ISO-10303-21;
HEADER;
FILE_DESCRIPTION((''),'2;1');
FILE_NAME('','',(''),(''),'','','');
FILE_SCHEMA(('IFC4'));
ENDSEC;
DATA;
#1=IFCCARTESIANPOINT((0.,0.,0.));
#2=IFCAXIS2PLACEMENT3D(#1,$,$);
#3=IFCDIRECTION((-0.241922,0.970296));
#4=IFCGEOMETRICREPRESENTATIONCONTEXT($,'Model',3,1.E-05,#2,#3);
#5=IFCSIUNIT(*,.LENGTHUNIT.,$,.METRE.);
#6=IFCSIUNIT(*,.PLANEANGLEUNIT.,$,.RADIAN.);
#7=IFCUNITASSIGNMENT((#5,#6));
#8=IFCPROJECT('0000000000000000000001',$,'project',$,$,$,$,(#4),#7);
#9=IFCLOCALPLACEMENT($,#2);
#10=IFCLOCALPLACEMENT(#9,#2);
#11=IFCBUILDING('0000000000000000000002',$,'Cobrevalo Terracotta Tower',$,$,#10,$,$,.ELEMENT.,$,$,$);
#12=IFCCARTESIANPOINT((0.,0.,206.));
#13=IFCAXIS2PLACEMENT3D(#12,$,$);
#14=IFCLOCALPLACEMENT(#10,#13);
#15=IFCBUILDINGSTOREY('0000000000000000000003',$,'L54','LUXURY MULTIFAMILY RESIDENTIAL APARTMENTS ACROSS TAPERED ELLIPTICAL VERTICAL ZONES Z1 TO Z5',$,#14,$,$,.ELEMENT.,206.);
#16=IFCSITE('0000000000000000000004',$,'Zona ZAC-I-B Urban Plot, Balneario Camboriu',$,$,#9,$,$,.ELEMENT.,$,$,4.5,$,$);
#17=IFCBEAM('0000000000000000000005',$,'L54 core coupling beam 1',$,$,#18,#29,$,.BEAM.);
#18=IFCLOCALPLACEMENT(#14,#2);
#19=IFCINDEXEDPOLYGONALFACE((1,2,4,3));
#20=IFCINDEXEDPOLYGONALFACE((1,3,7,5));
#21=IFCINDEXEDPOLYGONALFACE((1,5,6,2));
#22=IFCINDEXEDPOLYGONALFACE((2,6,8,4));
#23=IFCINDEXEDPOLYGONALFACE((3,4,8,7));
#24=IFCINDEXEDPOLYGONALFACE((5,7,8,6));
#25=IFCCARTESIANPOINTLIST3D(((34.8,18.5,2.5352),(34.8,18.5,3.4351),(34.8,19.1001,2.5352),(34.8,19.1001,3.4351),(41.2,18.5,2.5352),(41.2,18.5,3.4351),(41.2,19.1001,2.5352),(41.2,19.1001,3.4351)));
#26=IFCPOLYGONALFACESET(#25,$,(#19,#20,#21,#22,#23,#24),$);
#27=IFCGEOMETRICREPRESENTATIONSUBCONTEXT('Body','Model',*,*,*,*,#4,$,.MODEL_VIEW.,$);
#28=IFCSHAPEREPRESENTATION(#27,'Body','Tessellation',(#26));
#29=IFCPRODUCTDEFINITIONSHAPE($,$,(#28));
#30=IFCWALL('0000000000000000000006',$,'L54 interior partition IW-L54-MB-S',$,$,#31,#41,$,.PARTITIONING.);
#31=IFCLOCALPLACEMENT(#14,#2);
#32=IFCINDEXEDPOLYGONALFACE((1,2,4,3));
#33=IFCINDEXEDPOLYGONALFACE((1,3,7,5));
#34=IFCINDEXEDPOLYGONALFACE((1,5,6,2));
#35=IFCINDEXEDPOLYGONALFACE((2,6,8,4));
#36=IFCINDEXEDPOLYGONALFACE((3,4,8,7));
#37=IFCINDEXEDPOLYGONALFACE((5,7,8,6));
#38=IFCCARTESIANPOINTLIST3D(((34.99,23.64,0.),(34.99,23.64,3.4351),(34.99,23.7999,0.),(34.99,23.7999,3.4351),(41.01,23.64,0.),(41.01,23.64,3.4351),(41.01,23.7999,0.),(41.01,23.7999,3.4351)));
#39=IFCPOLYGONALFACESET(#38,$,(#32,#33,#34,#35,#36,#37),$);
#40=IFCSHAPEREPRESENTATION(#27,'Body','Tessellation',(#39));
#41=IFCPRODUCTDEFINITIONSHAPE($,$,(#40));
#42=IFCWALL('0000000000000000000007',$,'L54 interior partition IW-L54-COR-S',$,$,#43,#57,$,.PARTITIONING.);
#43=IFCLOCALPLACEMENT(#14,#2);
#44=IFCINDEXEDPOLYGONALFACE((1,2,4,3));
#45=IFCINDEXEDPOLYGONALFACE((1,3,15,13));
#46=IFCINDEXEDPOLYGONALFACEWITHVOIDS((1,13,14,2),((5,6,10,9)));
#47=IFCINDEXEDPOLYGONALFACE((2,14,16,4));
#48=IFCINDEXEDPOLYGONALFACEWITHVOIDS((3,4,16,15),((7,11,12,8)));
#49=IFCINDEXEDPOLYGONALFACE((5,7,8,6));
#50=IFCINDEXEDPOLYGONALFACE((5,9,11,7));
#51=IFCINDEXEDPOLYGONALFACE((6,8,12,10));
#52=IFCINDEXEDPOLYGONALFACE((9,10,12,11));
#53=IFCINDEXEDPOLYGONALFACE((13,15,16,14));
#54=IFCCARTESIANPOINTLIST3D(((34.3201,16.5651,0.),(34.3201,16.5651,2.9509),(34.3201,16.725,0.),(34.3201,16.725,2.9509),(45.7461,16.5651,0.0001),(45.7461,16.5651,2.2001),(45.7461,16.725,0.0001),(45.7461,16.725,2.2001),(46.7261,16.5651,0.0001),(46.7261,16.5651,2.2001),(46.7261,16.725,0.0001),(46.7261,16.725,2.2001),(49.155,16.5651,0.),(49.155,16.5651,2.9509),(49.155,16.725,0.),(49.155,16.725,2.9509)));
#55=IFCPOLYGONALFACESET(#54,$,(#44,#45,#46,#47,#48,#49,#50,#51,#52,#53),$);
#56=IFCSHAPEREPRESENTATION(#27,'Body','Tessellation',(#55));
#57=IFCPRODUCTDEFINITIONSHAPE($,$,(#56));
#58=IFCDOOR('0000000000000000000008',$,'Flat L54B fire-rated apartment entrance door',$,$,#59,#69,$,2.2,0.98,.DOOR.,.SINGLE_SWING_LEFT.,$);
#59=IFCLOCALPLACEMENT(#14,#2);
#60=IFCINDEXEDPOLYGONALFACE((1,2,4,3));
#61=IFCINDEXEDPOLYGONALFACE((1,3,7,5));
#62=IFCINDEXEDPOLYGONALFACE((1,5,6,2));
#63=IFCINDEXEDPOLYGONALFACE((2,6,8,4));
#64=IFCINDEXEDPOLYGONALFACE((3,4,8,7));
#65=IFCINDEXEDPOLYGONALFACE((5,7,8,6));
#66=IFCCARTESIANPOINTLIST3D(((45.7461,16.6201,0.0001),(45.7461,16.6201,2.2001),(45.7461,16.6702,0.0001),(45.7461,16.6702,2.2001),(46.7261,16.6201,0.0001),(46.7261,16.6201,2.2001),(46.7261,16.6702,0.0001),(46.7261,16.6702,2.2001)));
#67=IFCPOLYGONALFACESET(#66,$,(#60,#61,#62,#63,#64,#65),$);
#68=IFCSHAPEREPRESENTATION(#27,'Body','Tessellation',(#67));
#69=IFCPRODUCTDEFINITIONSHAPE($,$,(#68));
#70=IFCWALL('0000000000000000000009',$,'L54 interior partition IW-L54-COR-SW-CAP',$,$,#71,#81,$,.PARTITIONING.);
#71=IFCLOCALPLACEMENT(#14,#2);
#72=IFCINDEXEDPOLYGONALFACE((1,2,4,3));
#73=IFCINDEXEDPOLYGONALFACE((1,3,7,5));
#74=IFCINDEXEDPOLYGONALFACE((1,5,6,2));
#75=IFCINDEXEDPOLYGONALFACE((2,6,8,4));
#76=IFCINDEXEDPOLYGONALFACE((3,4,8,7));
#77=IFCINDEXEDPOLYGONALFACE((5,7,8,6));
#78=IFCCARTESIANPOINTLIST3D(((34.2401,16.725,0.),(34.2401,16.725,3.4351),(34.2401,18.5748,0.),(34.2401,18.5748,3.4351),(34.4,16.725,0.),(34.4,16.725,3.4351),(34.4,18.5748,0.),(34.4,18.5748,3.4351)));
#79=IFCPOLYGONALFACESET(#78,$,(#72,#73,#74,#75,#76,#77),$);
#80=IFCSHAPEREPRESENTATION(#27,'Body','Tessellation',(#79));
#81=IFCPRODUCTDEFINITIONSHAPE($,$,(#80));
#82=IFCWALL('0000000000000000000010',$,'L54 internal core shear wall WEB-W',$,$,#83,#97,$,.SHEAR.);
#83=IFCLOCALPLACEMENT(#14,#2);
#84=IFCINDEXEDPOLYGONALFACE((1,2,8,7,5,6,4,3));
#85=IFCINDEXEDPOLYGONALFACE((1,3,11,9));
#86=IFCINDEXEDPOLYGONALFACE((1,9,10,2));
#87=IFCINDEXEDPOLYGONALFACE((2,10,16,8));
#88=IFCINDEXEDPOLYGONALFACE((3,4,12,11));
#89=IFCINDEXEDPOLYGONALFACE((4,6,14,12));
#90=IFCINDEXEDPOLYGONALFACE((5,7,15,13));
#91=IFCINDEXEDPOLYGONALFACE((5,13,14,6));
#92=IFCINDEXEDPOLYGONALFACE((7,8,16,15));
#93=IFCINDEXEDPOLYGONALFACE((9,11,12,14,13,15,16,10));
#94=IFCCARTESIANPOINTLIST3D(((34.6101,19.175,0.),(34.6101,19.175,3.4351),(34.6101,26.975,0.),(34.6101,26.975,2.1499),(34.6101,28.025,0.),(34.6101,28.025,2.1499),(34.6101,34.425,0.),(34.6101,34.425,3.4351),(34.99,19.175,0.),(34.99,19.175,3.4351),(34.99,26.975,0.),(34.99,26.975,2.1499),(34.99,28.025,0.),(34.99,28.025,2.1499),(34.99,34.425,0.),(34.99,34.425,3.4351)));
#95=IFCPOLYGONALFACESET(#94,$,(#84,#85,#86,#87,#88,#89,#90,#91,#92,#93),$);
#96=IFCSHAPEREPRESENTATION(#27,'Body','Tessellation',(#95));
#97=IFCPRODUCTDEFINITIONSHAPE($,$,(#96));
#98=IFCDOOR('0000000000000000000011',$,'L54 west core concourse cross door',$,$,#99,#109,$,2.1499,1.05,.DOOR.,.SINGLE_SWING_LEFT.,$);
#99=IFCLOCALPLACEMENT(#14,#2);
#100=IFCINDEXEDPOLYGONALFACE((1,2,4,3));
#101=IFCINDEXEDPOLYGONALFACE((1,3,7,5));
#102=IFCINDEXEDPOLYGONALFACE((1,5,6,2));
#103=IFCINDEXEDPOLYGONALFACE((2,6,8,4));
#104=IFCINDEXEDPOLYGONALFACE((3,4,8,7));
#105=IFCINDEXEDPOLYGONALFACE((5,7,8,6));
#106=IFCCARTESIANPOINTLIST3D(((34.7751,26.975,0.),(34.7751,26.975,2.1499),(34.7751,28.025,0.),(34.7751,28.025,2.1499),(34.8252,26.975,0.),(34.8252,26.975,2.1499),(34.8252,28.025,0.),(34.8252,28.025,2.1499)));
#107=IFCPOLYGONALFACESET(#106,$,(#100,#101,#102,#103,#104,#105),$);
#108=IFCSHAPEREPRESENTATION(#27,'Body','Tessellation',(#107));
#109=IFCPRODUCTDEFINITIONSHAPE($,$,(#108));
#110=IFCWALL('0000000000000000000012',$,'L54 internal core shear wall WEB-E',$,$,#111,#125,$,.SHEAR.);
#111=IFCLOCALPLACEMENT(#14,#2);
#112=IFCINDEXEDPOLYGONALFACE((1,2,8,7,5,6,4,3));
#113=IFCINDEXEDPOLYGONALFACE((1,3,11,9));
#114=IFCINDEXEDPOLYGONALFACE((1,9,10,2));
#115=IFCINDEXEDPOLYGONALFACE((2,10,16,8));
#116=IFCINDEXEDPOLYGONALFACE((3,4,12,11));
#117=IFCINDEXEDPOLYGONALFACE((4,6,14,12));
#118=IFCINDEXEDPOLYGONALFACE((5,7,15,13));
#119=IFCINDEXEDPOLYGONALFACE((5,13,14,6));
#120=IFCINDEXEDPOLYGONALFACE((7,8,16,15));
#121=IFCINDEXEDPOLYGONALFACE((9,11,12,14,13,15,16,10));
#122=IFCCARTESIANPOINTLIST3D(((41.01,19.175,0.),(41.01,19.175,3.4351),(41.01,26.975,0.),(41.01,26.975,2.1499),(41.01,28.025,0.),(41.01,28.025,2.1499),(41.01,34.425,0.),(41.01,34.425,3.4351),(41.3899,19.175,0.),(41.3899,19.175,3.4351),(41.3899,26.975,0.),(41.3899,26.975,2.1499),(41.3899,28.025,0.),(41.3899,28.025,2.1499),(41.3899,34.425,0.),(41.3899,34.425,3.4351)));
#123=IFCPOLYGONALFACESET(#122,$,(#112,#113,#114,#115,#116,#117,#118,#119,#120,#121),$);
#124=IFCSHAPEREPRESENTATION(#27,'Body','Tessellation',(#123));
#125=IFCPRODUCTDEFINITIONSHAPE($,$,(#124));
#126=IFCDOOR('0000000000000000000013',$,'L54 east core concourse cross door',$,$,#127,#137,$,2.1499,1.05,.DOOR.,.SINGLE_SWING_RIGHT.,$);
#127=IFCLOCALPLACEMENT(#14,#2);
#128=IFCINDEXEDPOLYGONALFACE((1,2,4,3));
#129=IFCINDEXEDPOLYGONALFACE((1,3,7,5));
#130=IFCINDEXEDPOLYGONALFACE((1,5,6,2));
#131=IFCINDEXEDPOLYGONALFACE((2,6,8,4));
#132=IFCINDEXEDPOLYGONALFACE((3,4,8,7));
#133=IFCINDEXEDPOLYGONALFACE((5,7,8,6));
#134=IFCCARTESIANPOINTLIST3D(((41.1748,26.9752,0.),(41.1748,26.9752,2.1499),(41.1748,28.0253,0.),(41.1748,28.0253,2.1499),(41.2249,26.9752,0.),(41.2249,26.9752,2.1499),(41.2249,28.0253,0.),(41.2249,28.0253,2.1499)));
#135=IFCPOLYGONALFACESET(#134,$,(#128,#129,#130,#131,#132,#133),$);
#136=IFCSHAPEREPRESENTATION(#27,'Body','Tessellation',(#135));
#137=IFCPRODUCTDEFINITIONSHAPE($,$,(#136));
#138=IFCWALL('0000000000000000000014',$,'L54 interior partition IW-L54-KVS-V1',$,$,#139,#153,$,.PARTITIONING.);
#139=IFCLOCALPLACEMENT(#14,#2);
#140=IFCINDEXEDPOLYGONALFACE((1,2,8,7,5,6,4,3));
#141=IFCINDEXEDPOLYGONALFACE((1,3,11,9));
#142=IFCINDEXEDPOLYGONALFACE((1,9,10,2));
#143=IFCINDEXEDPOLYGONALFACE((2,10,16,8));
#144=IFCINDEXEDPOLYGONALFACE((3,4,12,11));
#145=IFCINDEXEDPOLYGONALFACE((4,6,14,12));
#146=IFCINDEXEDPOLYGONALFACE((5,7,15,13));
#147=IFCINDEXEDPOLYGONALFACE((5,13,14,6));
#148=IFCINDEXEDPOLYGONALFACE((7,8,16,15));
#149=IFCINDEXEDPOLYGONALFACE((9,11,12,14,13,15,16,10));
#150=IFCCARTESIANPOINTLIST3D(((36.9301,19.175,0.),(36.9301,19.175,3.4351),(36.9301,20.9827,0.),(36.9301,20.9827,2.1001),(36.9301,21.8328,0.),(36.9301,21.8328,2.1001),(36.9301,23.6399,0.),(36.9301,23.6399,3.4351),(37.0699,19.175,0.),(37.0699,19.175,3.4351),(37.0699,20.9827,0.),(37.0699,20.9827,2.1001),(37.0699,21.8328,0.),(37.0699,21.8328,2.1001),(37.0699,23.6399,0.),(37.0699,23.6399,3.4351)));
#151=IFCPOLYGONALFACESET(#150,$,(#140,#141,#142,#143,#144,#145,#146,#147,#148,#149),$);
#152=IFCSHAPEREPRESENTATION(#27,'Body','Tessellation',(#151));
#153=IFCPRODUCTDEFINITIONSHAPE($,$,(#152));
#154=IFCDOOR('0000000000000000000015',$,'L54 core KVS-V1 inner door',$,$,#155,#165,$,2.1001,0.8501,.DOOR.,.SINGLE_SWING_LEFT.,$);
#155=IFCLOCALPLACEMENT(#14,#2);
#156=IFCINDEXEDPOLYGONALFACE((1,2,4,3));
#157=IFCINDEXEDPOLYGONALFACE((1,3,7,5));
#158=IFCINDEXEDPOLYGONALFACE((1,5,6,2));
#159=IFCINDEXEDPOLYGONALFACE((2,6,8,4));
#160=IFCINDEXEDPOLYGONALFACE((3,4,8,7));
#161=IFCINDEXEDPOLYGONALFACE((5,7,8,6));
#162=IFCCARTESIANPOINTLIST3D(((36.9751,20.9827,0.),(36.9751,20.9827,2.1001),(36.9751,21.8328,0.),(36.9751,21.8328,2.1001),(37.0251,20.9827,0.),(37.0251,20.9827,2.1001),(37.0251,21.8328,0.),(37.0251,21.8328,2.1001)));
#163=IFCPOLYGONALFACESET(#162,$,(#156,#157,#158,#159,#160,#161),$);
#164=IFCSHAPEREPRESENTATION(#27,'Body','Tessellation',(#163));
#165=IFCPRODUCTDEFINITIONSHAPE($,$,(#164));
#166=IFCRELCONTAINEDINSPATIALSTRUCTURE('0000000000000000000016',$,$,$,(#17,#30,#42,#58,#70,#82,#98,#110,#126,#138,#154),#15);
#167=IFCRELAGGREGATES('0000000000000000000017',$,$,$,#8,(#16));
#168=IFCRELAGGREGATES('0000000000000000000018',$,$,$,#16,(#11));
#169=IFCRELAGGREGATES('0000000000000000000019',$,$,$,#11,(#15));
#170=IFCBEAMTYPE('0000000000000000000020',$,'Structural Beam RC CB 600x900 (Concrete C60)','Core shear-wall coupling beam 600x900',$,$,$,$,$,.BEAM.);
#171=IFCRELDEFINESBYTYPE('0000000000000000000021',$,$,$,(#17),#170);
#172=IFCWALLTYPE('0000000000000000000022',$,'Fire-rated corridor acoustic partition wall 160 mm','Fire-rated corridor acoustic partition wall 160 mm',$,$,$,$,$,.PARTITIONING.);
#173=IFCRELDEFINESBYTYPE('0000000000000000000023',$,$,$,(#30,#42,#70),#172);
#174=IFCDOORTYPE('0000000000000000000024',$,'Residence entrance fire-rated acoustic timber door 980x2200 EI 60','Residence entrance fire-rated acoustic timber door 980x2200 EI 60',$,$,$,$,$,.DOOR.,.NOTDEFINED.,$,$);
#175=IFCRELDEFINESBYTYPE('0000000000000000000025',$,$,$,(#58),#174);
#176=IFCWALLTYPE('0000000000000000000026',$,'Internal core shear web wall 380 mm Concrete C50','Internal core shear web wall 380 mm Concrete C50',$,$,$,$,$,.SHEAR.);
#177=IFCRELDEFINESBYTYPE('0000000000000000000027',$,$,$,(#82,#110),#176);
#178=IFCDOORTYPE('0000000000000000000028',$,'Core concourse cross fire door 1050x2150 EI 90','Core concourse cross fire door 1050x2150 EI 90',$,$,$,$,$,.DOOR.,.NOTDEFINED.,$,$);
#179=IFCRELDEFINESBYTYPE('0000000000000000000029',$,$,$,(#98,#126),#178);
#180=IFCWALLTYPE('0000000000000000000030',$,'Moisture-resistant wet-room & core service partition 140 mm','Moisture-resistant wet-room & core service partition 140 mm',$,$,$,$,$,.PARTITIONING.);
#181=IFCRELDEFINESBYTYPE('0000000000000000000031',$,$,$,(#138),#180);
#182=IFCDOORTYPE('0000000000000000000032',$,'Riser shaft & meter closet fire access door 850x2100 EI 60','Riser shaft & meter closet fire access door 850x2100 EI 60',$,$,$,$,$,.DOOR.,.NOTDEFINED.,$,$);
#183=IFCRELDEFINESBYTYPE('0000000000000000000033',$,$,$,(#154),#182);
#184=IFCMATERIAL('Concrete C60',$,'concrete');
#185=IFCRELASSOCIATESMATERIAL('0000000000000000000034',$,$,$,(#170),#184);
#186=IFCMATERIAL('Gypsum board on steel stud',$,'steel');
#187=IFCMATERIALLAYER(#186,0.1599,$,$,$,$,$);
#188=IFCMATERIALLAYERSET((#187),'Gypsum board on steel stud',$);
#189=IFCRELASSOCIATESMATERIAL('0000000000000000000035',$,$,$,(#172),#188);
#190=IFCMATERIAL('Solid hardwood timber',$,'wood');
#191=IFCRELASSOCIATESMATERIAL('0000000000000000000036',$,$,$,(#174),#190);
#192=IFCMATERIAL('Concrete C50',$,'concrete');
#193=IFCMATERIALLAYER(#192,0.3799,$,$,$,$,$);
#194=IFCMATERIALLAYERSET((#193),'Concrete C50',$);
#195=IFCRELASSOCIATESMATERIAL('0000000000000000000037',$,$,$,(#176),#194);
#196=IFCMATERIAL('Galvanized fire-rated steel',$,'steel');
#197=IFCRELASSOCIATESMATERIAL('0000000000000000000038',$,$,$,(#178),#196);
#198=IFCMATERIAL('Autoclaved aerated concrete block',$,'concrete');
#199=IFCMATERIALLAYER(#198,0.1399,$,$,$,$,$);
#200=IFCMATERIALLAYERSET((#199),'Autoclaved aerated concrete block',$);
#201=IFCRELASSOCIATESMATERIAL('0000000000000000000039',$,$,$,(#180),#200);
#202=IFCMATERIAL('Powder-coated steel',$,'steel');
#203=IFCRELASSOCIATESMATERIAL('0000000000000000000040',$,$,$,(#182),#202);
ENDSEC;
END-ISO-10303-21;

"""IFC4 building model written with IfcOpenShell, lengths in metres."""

from ifc_helpers import new_model, si_unit, direction, frame, frame_2d, origin, origin_2d, place, context, subcontext, project, spatial, rectangle, extrude, source, transform, mapped, material, layer, layer_set, material_profile, profile_set, type_object, element, fill, save


model = new_model("IFC4")

# Units and contexts
model_context = context("Model", 3, precision=1e-05, world=origin(), true_north=direction((-0.241922, 0.970296)))
body_context = subcontext(model_context, "Body", "Model", "MODEL_VIEW")
ifc_project = project(units=[si_unit("LENGTHUNIT", "METRE"), si_unit("PLANEANGLEUNIT", "RADIAN")], contexts=[model_context])

# Site, building, storey
site_placement = place(None, origin())
site = spatial("IfcSite", under=ifc_project, at=site_placement, Name="Zona ZAC-I-B Urban Plot, Balneario Camboriu", CompositionType="ELEMENT", RefElevation=4.5)
building_placement = place(site_placement, origin())
building = spatial("IfcBuilding", under=site, at=building_placement, Name="Cobrevalo Terracotta Tower", CompositionType="ELEMENT")
storey_placement = place(building_placement, frame((0.0, 0.0, 206.0)))
storey = spatial("IfcBuildingStorey", under=building, at=storey_placement, Name="L54", Description="LUXURY MULTIFAMILY RESIDENTIAL APARTMENTS ACROSS TAPERED ELLIPTICAL VERTICAL ZONES Z1 TO Z5", CompositionType="ELEMENT", Elevation=206.0)

# Beam
ifc_material_1 = material(Name="Concrete C60", Category="concrete")
ifc_material_profile = material_profile(ifc_material_1, rectangle(XDim=0.6001, YDim=0.8999, at=origin_2d()), Name="RC CB 600x900")
ifc_profile_set = profile_set([ifc_material_profile], Name="Concrete C60")
beam_type = type_object("IfcBeamType", Name="Structural Beam RC CB 600x900 (Concrete C60)", Description="Core shear-wall coupling beam 600x900", PredefinedType="BEAM", material=ifc_profile_set)
beam_placement = place(storey_placement, frame((34.8, 18.8, 2.9851), z_axis=(1.0, 0.0, 0.0), x_axis=(0.0, 1.0, 0.0)))
element("IfcBeam", 1, at=beam_placement, inside=storey, type_object=beam_type, Name="L54 core coupling beam 1", PredefinedType="BEAM", context=body_context, shape_type="SweptSolid", body=[
    extrude(rectangle(XDim=0.6001, YDim=0.8999, at=origin_2d()), origin(), (0.0, 0.0, 1.0), 6.3999),
])

# Wall
ifc_material_2 = material(Name="Gypsum board on steel stud", Category="steel")
ifc_layer_1 = layer(ifc_material_2, 0.1599)
ifc_layer_set_1 = layer_set([ifc_layer_1], Name="Gypsum board on steel stud")
wall_type_1 = type_object("IfcWallType", Name="Fire-rated corridor acoustic partition wall 160 mm", Description="Fire-rated corridor acoustic partition wall 160 mm", PredefinedType="PARTITIONING", material=ifc_layer_set_1)
wall_1_placement = place(storey_placement, frame((34.99, 23.72, 0.0), z_axis=(0.0, 0.0, 1.0), x_axis=(1.0, 0.0, 0.0)))
element("IfcWall", 2, at=wall_1_placement, inside=storey, type_object=wall_type_1, Name="L54 interior partition IW-L54-MB-S", PredefinedType="PARTITIONING", context=body_context, shape_type="SweptSolid", body=[
    extrude(rectangle(XDim=6.02, YDim=0.1599, at=frame_2d((3.01, 0.0))), origin(), (0.0, 0.0, 1.0), 3.4351),
])

# Wall, opening, door
wall_2_placement = place(storey_placement, frame((34.3201, 16.645, 0.0), z_axis=(0.0, 0.0, 1.0), x_axis=(1.0, 0.0, 0.0)))
wall_2 = element("IfcWall", 3, at=wall_2_placement, inside=storey, type_object=wall_type_1, Name="L54 interior partition IW-L54-COR-S", PredefinedType="PARTITIONING", context=body_context, shape_type="SweptSolid", body=[
    extrude(rectangle(XDim=14.835, YDim=0.1599, at=frame_2d((7.4175, 0.0))), origin(), (0.0, 0.0, 1.0), 2.9509),
])
opening_1_placement = place(wall_2_placement, frame((11.426, 0.0, 0.0)))
opening_1 = element("IfcOpeningElement", 4, at=opening_1_placement, cuts=wall_2, PredefinedType="OPENING", context=body_context, shape_type="SweptSolid", body=[
    extrude(rectangle(XDim=0.98, YDim=2.2, at=frame_2d((0.49, 1.1001))), frame((0.0, 0.0898, 0.0), z_axis=(0.0, -1.0, 0.0), x_axis=(1.0, 0.0, 0.0)), (0.0, 0.0, 1.0), 0.1799),
])
ifc_material_3 = material(Name="Solid hardwood timber", Category="wood")
door_type_1 = type_object("IfcDoorType", Name="Residence entrance fire-rated acoustic timber door 980x2200 EI 60", Description="Residence entrance fire-rated acoustic timber door 980x2200 EI 60", OperationType="NOTDEFINED", PredefinedType="DOOR", material=ifc_material_3)
shared_shape_1 = source(origin(), body_context, "Body", "SweptSolid", [
    extrude(rectangle(XDim=0.98, YDim=2.2, at=frame_2d((0.49, 1.1001))), frame((0.0, 0.0249, 0.0), z_axis=(0.0, -1.0, 0.0), x_axis=(1.0, 0.0, 0.0)), (0.0, 0.0, 1.0), 0.05),
])
door_1_placement = place(opening_1_placement, frame((0.98, 0.0, 0.0), z_axis=(0.0, 0.0, 1.0), x_axis=(-1.0, 0.0, 0.0)))
door_1 = element("IfcDoor", 5, at=door_1_placement, inside=storey, type_object=door_type_1, Name="Flat L54B fire-rated apartment entrance door", OperationType="SINGLE_SWING_LEFT", OverallHeight=2.2, OverallWidth=0.98, PredefinedType="DOOR", context=body_context, shape_type="MappedRepresentation", body=[
    mapped(shared_shape_1, transform((0.0, 0.0, 0.0), scale=1.0)),
])
fill(opening_1, door_1)

# Wall
wall_3_placement = place(storey_placement, frame((34.3201, 16.7251, 0.0), z_axis=(0.0, 0.0, 1.0), x_axis=(0.0, 1.0, 0.0)))
element("IfcWall", 6, at=wall_3_placement, inside=storey, type_object=wall_type_1, Name="L54 interior partition IW-L54-COR-SW-CAP", PredefinedType="PARTITIONING", context=body_context, shape_type="SweptSolid", body=[
    extrude(rectangle(XDim=1.8499, YDim=0.1599, at=frame_2d((0.9248, 0.0))), origin(), (0.0, 0.0, 1.0), 3.4351),
])

# Walls, openings, doors
ifc_material_4 = material(Name="Concrete C50", Category="concrete")
ifc_layer_2 = layer(ifc_material_4, 0.3799)
ifc_layer_set_2 = layer_set([ifc_layer_2], Name="Concrete C50")
wall_type_2 = type_object("IfcWallType", Name="Internal core shear web wall 380 mm Concrete C50", Description="Internal core shear web wall 380 mm Concrete C50", PredefinedType="SHEAR", material=ifc_layer_set_2)
wall_4_placement = place(storey_placement, frame((34.8, 19.175, 0.0), z_axis=(0.0, 0.0, 1.0), x_axis=(0.0, 1.0, 0.0)))
wall_4 = element("IfcWall", 7, at=wall_4_placement, inside=storey, type_object=wall_type_2, Name="L54 internal core shear wall WEB-W", PredefinedType="SHEAR", context=body_context, shape_type="SweptSolid", body=[
    extrude(rectangle(XDim=15.25, YDim=0.3799, at=frame_2d((7.625, 0.0))), origin(), (0.0, 0.0, 1.0), 3.4351),
])
opening_2_placement = place(wall_4_placement, frame((7.8, 0.0, 0.0)))
opening_2 = element("IfcOpeningElement", 8, at=opening_2_placement, cuts=wall_4, PredefinedType="OPENING", context=body_context, shape_type="SweptSolid", body=[
    extrude(rectangle(XDim=1.05, YDim=2.1499, at=frame_2d((0.5249, 1.075))), frame((0.0, 0.2, 0.0), z_axis=(0.0, -1.0, 0.0), x_axis=(1.0, 0.0, 0.0)), (0.0, 0.0, 1.0), 0.3999),
])
ifc_material_5 = material(Name="Galvanized fire-rated steel", Category="steel")
door_type_2 = type_object("IfcDoorType", Name="Core concourse cross fire door 1050x2150 EI 90", Description="Core concourse cross fire door 1050x2150 EI 90", OperationType="NOTDEFINED", PredefinedType="DOOR", material=ifc_material_5)
shared_shape_2 = source(origin(), body_context, "Body", "SweptSolid", [
    extrude(rectangle(XDim=1.05, YDim=2.1499, at=frame_2d((0.5249, 1.075))), frame((0.0, 0.0249, 0.0), z_axis=(0.0, -1.0, 0.0), x_axis=(1.0, 0.0, 0.0)), (0.0, 0.0, 1.0), 0.05),
])
door_2_placement = place(opening_2_placement, origin())
door_2 = element("IfcDoor", 9, at=door_2_placement, inside=storey, type_object=door_type_2, Name="L54 west core concourse cross door", OperationType="SINGLE_SWING_LEFT", OverallHeight=2.1499, OverallWidth=1.05, PredefinedType="DOOR", context=body_context, shape_type="MappedRepresentation", body=[
    mapped(shared_shape_2, transform((0.0, 0.0, 0.0), scale=1.0)),
])
fill(opening_2, door_2)
wall_5_placement = place(storey_placement, frame((41.2, 19.175, 0.0), z_axis=(0.0, 0.0, 1.0), x_axis=(0.0, 1.0, 0.0)))
wall_5 = element("IfcWall", 10, at=wall_5_placement, inside=storey, type_object=wall_type_2, Name="L54 internal core shear wall WEB-E", PredefinedType="SHEAR", context=body_context, shape_type="SweptSolid", body=[
    extrude(rectangle(XDim=15.25, YDim=0.3799, at=frame_2d((7.625, 0.0))), origin(), (0.0, 0.0, 1.0), 3.4351),
])
opening_3_placement = place(wall_5_placement, frame((7.8, 0.0, 0.0)))
opening_3 = element("IfcOpeningElement", 11, at=opening_3_placement, cuts=wall_5, PredefinedType="OPENING", context=body_context, shape_type="SweptSolid", body=[
    extrude(rectangle(XDim=1.05, YDim=2.1499, at=frame_2d((0.5249, 1.075))), frame((0.0, 0.2, 0.0), z_axis=(0.0, -1.0, 0.0), x_axis=(1.0, 0.0, 0.0)), (0.0, 0.0, 1.0), 0.3999),
])
door_3_placement = place(opening_3_placement, frame((1.05, 0.0, 0.0), z_axis=(0.0, 0.0, 1.0), x_axis=(-1.0, 0.0, 0.0)))
door_3 = element("IfcDoor", 12, at=door_3_placement, inside=storey, type_object=door_type_2, Name="L54 east core concourse cross door", OperationType="SINGLE_SWING_RIGHT", OverallHeight=2.1499, OverallWidth=1.05, PredefinedType="DOOR", context=body_context, shape_type="MappedRepresentation", body=[
    mapped(shared_shape_2, transform((0.0, 0.0, 0.0), scale=1.0)),
])
fill(opening_3, door_3)
ifc_material_6 = material(Name="Autoclaved aerated concrete block", Category="concrete")
ifc_layer_3 = layer(ifc_material_6, 0.1399)
ifc_layer_set_3 = layer_set([ifc_layer_3], Name="Autoclaved aerated concrete block")
wall_type_3 = type_object("IfcWallType", Name="Moisture-resistant wet-room & core service partition 140 mm", Description="Moisture-resistant wet-room & core service partition 140 mm", PredefinedType="PARTITIONING", material=ifc_layer_set_3)
wall_6_placement = place(storey_placement, frame((37.0, 19.175, 0.0), z_axis=(0.0, 0.0, 1.0), x_axis=(0.0, 1.0, 0.0)))
wall_6 = element("IfcWall", 13, at=wall_6_placement, inside=storey, type_object=wall_type_3, Name="L54 interior partition IW-L54-KVS-V1", PredefinedType="PARTITIONING", context=body_context, shape_type="SweptSolid", body=[
    extrude(rectangle(XDim=4.4648, YDim=0.1399, at=frame_2d((2.2324, 0.0))), origin(), (0.0, 0.0, 1.0), 3.4351),
])
opening_4_placement = place(wall_6_placement, frame((1.8076, 0.0, 0.0)))
opening_4 = element("IfcOpeningElement", 14, at=opening_4_placement, cuts=wall_6, PredefinedType="OPENING", context=body_context, shape_type="SweptSolid", body=[
    extrude(rectangle(XDim=0.8501, YDim=2.1001, at=frame_2d((0.425, 1.05))), frame((0.0, 0.0801, 0.0), z_axis=(0.0, -1.0, 0.0), x_axis=(1.0, 0.0, 0.0)), (0.0, 0.0, 1.0), 0.1599),
])
ifc_material_7 = material(Name="Powder-coated steel", Category="steel")
door_type_3 = type_object("IfcDoorType", Name="Riser shaft & meter closet fire access door 850x2100 EI 60", Description="Riser shaft & meter closet fire access door 850x2100 EI 60", OperationType="NOTDEFINED", PredefinedType="DOOR", material=ifc_material_7)
shared_shape_3 = source(origin(), body_context, "Body", "SweptSolid", [
    extrude(rectangle(XDim=0.8501, YDim=2.1001, at=frame_2d((0.425, 1.05))), frame((0.0, 0.0249, 0.0), z_axis=(0.0, -1.0, 0.0), x_axis=(1.0, 0.0, 0.0)), (0.0, 0.0, 1.0), 0.05),
])
door_4_placement = place(opening_4_placement, origin())
door_4 = element("IfcDoor", 15, at=door_4_placement, inside=storey, type_object=door_type_3, Name="L54 core KVS-V1 inner door", OperationType="SINGLE_SWING_LEFT", OverallHeight=2.1001, OverallWidth=0.8501, PredefinedType="DOOR", context=body_context, shape_type="MappedRepresentation", body=[
    mapped(shared_shape_3, transform((0.0, 0.0, 0.0), scale=1.0)),
])
fill(opening_4, door_4)

save(model, "model.ifc")
